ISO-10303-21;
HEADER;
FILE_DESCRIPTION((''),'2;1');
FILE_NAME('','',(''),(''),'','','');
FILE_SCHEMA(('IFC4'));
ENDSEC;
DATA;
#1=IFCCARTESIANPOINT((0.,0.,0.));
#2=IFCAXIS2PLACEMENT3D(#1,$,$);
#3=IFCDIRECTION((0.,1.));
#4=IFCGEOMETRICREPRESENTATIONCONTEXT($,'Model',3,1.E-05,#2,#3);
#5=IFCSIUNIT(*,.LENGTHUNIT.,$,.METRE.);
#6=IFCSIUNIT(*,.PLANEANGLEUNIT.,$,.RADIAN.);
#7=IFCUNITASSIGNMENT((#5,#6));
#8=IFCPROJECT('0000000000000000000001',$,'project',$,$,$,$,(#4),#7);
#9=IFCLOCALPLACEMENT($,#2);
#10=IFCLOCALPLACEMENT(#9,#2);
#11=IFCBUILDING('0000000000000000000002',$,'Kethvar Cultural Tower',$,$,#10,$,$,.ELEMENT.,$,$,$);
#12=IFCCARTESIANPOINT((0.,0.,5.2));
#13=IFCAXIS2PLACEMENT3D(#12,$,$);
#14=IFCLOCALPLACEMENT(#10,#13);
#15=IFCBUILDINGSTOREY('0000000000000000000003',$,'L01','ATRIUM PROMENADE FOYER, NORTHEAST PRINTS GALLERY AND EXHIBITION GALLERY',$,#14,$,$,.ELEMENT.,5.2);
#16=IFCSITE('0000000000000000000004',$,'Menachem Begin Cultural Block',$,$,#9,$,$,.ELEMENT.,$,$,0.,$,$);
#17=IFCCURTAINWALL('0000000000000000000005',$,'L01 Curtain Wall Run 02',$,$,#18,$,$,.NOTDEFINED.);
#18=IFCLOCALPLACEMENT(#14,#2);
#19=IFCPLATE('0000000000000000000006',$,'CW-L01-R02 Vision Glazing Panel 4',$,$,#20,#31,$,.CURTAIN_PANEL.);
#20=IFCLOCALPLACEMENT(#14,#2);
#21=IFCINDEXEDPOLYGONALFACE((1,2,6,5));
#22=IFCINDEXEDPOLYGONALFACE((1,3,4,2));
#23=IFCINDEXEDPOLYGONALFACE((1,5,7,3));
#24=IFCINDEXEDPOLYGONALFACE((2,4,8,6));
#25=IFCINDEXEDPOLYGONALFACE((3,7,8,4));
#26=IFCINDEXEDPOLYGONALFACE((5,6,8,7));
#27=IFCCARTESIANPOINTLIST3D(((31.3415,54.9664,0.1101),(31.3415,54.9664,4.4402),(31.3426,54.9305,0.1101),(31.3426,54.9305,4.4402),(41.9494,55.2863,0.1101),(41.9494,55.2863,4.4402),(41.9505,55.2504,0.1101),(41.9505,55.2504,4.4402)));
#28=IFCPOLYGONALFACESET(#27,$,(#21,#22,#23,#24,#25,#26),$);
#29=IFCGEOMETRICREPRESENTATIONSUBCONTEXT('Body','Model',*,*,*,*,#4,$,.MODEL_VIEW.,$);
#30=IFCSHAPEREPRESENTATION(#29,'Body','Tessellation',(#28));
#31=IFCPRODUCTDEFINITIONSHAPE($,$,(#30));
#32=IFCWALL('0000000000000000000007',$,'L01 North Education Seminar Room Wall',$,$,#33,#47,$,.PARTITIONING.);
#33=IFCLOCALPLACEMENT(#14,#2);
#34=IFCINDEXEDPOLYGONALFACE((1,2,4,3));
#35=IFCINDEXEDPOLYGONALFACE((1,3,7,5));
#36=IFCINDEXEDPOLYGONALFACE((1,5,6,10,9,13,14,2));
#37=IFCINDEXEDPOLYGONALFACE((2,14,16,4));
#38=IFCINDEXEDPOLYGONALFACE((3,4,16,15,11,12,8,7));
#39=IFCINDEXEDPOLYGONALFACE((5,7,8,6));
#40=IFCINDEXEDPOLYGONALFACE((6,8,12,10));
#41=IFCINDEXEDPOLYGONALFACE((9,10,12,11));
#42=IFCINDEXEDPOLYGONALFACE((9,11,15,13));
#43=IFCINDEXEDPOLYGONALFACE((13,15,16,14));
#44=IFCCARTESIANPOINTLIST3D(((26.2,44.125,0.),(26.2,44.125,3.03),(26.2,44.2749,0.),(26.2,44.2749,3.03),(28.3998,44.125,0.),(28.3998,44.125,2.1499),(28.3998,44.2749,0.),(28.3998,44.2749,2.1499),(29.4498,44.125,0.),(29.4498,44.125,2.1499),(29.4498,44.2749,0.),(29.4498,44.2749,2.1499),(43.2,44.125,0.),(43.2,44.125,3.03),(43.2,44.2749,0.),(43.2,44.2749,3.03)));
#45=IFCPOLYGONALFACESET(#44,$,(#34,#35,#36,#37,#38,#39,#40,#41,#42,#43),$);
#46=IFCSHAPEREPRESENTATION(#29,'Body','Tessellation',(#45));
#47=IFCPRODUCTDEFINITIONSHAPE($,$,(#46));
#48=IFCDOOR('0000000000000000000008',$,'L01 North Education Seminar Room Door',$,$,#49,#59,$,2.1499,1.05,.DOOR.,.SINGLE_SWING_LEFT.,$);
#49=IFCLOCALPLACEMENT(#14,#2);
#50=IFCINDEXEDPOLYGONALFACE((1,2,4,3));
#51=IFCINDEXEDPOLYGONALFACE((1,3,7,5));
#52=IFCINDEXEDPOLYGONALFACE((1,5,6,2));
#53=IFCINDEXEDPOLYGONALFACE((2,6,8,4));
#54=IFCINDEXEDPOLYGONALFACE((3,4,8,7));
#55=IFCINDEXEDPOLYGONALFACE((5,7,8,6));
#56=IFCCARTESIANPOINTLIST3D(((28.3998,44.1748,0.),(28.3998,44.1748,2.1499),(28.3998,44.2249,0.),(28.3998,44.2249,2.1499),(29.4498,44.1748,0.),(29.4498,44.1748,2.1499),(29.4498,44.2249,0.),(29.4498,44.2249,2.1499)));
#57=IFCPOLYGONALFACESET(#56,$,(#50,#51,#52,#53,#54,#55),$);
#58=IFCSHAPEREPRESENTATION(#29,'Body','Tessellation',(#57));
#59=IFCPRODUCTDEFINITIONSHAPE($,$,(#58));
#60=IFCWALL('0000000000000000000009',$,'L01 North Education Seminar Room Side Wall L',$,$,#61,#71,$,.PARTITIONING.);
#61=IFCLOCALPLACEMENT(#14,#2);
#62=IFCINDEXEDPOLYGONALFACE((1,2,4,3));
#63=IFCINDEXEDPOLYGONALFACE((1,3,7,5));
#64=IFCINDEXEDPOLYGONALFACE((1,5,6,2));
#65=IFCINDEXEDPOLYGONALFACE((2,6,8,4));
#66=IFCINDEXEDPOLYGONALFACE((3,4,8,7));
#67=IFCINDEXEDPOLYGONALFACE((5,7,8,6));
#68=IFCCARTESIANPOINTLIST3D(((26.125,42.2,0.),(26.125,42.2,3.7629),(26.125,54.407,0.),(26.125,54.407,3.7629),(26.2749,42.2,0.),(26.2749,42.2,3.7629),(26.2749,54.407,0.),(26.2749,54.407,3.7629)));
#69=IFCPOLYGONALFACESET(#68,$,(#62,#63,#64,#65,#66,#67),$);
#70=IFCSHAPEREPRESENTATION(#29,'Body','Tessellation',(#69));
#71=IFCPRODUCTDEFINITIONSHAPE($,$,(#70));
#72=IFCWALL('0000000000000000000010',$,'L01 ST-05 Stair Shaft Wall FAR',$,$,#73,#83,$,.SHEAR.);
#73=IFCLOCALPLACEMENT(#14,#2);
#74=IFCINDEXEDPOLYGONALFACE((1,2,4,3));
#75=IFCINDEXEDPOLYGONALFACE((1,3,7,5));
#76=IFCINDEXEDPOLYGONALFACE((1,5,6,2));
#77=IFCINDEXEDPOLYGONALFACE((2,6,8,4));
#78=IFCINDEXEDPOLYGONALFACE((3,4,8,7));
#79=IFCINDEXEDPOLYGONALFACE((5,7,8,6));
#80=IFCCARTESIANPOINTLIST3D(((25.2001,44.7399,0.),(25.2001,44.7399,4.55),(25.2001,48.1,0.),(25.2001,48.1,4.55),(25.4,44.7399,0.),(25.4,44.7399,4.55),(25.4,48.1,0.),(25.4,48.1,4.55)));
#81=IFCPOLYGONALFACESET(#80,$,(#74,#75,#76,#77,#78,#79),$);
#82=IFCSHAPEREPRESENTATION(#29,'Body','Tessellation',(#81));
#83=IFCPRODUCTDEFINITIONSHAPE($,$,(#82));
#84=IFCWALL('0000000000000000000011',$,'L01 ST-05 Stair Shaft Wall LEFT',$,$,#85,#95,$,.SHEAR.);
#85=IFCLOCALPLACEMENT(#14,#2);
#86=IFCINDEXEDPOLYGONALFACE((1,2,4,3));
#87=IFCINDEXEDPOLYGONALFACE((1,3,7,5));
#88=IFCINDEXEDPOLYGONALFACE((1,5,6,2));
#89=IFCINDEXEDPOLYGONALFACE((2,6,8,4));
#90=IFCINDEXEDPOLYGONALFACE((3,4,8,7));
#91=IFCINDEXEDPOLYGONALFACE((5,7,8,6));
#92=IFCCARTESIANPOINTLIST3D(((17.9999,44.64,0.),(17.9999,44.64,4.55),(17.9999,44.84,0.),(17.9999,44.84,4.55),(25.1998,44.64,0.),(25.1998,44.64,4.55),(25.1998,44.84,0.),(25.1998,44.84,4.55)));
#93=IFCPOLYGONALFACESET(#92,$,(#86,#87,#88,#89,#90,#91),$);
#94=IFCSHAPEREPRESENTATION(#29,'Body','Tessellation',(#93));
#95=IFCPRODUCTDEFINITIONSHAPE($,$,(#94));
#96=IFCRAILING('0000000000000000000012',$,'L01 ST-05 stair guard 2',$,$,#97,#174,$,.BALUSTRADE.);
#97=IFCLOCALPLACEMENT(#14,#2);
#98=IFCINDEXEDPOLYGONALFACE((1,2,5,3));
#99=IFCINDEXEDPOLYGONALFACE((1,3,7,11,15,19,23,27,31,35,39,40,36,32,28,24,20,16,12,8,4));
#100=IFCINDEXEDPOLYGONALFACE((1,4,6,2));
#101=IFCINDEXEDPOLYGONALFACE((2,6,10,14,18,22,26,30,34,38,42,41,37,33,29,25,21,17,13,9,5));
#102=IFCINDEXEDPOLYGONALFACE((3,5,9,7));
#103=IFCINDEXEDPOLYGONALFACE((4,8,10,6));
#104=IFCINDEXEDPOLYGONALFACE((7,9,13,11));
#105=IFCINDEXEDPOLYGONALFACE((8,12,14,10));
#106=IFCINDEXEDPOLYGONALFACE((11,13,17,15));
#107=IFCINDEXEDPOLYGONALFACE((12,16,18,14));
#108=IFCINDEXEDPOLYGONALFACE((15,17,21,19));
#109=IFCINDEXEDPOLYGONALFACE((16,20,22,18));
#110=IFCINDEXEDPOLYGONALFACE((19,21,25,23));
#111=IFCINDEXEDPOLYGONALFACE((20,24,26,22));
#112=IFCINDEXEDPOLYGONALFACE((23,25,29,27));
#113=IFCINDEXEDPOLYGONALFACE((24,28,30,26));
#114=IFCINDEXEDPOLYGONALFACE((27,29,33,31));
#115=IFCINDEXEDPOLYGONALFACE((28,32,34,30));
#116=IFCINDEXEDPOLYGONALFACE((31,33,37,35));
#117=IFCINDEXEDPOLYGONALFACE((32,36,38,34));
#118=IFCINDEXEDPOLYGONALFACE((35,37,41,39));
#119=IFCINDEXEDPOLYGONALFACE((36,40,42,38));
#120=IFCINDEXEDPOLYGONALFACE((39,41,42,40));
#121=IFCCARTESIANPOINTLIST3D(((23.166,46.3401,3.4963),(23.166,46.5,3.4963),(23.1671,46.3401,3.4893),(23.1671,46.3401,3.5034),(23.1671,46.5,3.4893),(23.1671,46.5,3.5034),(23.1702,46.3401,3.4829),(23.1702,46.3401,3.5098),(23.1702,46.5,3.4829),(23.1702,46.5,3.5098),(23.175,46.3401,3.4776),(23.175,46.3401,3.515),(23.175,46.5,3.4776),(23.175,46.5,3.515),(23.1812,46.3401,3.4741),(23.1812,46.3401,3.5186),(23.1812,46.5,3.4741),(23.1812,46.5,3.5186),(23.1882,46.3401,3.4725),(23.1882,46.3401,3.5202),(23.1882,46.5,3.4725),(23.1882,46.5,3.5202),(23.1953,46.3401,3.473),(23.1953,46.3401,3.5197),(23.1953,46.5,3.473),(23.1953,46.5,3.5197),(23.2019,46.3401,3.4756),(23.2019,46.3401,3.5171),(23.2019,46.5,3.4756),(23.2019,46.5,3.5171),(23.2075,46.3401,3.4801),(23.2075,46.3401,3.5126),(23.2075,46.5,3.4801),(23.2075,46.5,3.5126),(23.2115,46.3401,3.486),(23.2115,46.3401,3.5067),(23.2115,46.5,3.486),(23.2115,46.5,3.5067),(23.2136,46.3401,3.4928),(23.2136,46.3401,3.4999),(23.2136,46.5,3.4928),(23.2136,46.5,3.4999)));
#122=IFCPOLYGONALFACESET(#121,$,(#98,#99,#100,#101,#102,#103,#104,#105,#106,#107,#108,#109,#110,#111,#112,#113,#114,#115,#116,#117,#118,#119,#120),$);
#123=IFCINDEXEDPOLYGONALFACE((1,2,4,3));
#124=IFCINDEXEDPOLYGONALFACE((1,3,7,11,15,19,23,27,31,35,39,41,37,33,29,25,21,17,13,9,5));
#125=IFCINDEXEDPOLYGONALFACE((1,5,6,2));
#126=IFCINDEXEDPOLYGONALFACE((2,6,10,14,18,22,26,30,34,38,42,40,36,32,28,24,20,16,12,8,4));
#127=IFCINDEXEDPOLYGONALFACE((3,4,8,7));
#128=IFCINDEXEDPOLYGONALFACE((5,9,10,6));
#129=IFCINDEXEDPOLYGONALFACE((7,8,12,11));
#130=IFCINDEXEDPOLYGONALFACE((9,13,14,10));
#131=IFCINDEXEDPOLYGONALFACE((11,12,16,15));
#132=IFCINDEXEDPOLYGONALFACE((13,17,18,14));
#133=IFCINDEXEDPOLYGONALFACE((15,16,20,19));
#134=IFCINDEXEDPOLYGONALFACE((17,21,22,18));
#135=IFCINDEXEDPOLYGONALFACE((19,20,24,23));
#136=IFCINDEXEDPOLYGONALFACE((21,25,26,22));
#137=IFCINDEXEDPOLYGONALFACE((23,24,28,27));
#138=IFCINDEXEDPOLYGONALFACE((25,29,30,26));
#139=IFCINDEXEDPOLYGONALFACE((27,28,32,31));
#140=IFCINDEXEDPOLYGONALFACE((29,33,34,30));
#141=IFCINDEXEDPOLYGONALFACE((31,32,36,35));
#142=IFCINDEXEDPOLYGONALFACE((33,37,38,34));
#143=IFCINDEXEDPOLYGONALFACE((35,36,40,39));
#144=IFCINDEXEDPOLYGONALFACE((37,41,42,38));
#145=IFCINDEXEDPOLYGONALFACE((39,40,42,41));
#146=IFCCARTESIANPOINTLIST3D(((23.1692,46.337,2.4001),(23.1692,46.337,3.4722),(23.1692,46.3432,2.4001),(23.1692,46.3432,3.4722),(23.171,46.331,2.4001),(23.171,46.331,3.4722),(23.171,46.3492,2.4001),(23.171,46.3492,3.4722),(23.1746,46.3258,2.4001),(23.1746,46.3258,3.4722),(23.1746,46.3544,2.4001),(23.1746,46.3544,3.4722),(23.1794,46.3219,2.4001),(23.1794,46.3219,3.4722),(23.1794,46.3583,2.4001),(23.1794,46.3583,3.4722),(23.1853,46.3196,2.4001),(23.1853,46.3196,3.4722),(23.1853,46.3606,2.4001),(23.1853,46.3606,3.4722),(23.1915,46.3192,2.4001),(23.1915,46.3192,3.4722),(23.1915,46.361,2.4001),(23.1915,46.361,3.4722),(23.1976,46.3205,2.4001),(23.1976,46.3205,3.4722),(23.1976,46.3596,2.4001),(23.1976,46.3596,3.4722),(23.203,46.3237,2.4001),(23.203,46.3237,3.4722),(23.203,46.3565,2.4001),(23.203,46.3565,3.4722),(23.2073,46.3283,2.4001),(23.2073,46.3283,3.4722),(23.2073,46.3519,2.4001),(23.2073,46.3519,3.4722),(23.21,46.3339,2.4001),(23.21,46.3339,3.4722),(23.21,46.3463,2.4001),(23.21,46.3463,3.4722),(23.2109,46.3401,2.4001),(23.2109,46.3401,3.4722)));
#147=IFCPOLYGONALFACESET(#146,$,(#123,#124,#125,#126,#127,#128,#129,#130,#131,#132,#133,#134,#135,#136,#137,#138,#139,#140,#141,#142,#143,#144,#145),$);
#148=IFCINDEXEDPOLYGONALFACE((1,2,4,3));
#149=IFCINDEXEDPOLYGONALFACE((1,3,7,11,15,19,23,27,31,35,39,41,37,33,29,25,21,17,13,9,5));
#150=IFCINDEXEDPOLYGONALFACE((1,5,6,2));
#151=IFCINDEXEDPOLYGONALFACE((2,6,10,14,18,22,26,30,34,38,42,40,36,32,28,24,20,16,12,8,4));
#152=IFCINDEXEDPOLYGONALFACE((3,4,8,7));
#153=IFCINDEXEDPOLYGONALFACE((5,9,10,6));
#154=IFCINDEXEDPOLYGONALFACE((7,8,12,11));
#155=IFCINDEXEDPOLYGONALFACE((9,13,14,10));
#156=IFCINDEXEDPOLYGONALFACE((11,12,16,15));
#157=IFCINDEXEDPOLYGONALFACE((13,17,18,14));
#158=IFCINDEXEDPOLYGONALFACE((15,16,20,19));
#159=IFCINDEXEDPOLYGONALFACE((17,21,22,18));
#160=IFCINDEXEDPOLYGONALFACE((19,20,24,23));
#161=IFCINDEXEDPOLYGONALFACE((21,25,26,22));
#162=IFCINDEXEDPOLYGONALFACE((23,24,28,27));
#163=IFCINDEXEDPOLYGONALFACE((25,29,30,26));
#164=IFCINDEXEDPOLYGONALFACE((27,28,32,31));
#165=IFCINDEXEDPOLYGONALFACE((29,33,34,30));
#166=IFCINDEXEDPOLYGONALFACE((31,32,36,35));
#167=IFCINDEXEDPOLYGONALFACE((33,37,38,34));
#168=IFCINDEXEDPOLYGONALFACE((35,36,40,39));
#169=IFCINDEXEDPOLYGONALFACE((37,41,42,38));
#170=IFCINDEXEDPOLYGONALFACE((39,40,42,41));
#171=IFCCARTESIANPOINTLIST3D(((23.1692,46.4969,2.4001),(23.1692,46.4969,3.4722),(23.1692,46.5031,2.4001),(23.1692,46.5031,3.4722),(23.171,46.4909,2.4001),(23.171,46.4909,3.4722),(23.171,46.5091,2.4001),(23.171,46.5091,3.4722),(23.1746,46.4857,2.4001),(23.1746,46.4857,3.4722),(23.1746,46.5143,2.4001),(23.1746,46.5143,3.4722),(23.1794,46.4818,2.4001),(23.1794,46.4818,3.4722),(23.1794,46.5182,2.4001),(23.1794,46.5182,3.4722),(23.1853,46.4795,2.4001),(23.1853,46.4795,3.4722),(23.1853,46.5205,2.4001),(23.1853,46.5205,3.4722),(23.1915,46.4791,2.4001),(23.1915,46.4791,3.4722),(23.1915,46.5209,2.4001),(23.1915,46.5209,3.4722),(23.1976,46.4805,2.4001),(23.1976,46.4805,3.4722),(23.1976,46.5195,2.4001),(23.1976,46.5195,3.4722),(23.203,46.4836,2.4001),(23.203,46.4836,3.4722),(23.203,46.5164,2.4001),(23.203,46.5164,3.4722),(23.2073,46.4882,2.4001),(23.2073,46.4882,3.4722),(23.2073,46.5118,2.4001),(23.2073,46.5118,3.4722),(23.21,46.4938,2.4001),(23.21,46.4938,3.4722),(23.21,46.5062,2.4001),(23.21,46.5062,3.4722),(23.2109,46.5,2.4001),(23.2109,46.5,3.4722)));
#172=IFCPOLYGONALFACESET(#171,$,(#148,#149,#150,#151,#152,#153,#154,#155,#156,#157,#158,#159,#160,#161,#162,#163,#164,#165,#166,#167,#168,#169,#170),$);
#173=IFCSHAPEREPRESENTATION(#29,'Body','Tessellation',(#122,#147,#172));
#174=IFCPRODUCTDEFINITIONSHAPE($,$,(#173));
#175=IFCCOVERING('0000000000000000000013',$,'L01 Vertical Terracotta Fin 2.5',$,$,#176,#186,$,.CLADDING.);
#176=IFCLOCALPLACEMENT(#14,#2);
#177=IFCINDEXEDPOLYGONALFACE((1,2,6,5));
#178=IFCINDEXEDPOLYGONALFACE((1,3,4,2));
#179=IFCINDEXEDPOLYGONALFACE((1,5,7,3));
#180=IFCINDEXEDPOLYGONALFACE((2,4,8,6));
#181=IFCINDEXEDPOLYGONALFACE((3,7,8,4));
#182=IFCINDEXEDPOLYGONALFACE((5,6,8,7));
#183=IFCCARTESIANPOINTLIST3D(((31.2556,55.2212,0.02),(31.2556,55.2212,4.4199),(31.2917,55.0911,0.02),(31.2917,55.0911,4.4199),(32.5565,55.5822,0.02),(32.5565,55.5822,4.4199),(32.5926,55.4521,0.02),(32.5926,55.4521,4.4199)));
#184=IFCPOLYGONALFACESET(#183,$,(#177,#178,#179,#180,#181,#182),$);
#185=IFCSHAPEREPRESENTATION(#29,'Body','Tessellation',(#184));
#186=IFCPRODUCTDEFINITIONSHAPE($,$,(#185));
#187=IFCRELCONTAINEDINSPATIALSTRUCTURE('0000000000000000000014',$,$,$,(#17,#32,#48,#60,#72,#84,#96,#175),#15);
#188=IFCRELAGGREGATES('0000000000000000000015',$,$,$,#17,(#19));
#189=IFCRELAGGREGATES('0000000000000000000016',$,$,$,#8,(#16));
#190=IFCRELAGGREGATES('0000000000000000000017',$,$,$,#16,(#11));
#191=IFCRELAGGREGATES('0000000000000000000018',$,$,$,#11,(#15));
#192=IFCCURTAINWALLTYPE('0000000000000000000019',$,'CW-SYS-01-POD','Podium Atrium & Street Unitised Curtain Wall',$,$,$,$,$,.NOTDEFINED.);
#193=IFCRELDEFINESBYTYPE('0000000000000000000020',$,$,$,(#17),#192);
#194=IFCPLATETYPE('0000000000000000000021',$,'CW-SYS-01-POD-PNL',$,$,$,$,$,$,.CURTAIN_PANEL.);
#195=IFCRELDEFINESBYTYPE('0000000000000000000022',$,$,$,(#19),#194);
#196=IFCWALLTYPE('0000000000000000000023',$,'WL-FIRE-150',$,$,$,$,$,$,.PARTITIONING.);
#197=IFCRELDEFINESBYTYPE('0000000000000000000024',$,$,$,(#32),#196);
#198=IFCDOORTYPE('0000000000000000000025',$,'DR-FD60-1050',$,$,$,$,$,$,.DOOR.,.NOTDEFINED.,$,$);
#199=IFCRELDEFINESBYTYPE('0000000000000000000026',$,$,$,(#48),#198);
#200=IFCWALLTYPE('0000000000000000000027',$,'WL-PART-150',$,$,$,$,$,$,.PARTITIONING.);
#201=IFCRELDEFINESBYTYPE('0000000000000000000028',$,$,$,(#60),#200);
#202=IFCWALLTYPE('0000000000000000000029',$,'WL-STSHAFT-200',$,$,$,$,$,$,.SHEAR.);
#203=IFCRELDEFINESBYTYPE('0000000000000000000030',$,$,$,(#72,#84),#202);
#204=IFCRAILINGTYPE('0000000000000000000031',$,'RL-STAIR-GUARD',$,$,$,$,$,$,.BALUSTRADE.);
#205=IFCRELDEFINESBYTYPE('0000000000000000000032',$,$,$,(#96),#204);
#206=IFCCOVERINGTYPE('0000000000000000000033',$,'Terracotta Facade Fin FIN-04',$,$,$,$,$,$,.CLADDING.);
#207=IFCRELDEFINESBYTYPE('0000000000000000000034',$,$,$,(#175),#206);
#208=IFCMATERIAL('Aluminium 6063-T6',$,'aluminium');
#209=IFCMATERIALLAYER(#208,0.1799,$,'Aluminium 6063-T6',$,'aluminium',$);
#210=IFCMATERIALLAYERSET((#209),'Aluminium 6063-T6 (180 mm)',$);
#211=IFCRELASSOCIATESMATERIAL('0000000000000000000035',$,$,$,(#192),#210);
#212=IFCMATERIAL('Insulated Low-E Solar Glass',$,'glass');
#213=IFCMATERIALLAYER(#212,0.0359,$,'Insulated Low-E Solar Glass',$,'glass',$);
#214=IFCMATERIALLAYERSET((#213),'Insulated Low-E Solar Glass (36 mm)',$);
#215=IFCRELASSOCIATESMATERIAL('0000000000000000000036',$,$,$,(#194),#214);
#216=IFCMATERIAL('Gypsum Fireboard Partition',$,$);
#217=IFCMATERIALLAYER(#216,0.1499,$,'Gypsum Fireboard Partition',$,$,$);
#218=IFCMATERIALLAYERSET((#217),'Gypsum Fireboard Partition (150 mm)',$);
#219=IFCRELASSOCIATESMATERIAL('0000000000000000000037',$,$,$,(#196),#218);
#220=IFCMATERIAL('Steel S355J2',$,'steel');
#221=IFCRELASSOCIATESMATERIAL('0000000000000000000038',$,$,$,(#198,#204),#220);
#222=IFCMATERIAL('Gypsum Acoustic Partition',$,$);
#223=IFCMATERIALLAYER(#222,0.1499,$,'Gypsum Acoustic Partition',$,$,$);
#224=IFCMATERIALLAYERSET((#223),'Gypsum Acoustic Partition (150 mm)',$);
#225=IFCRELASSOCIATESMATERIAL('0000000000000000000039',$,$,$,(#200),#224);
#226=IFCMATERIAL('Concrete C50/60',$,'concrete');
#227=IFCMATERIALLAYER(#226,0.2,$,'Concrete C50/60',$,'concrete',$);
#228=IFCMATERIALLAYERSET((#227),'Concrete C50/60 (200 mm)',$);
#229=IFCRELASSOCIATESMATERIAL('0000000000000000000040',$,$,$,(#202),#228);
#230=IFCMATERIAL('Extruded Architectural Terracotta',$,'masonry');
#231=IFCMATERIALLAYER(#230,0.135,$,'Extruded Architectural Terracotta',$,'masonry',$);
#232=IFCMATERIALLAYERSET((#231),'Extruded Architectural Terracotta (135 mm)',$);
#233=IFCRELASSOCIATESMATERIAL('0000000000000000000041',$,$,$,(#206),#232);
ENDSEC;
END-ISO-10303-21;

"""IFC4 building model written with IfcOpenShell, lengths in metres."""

from ifc_helpers import new_model, si_unit, direction, frame, frame_2d, origin, origin_2d, place, context, subcontext, project, spatial, rectangle, circle, extrude, source, transform, mapped, material, layer, layer_set, type_object, element, fill, aggregate, save


model = new_model("IFC4")

# Units and contexts
model_context = context("Model", 3, precision=1e-05, world=origin(), true_north=direction((0.0, 1.0)))
body_context = subcontext(model_context, "Body", "Model", "MODEL_VIEW")
ifc_project = project(units=[si_unit("LENGTHUNIT", "METRE"), si_unit("PLANEANGLEUNIT", "RADIAN")], contexts=[model_context])

# Site, building, storey
site_placement = place(None, origin())
site = spatial("IfcSite", under=ifc_project, at=site_placement, Name="Menachem Begin Cultural Block", CompositionType="ELEMENT", RefElevation=0.0)
building_placement = place(site_placement, origin())
building = spatial("IfcBuilding", under=site, at=building_placement, Name="Kethvar Cultural Tower", CompositionType="ELEMENT")
storey_placement = place(building_placement, frame((0.0, 0.0, 5.2)))
storey = spatial("IfcBuildingStorey", under=building, at=storey_placement, Name="L01", Description="ATRIUM PROMENADE FOYER, NORTHEAST PRINTS GALLERY AND EXHIBITION GALLERY", CompositionType="ELEMENT", Elevation=5.2)

# Shared definitions
ifc_material_1 = material(Name="Steel S355J2", Category="steel")

# Curtain wall, plate
ifc_material_2 = material(Name="Aluminium 6063-T6", Category="aluminium")
ifc_layer_1 = layer(ifc_material_2, 0.1799, Name="Aluminium 6063-T6", Category="aluminium")
ifc_layer_set_1 = layer_set([ifc_layer_1], Name="Aluminium 6063-T6 (180 mm)")
curtain_wall_type = type_object("IfcCurtainWallType", Name="CW-SYS-01-POD", Description="Podium Atrium & Street Unitised Curtain Wall", PredefinedType="NOTDEFINED", material=ifc_layer_set_1)
curtain_wall_placement = place(storey_placement, origin())
curtain_wall = element("IfcCurtainWall", 1, at=curtain_wall_placement, inside=storey, type_object=curtain_wall_type, Name="L01 Curtain Wall Run 02", PredefinedType="NOTDEFINED")
ifc_material_3 = material(Name="Insulated Low-E Solar Glass", Category="glass")
ifc_layer_2 = layer(ifc_material_3, 0.0359, Name="Insulated Low-E Solar Glass", Category="glass")
ifc_layer_set_2 = layer_set([ifc_layer_2], Name="Insulated Low-E Solar Glass (36 mm)")
plate_type = type_object("IfcPlateType", Name="CW-SYS-01-POD-PNL", PredefinedType="CURTAIN_PANEL", material=ifc_layer_set_2)
shared_shape_1 = source(origin(), body_context, "Body", "SweptSolid", [
    extrude(rectangle(XDim=10.6128, YDim=0.0359, at=origin_2d()), origin(), (0.0, 0.0, 1.0), 4.3301),
])
plate_1_placement = place(storey_placement, frame((36.646, 55.1084, 0.1101), z_axis=(0.0, 0.0, 1.0), x_axis=(-0.999546, -0.030137, 0.0)))
plate_1 = element("IfcPlate", 2, at=plate_1_placement, type_object=plate_type, Name="CW-L01-R02 Vision Glazing Panel 4", PredefinedType="CURTAIN_PANEL", context=body_context, shape_type="MappedRepresentation", body=[
    mapped(shared_shape_1, transform((0.0, 0.0, 0.0), scale=1.0)),
])
aggregate(curtain_wall, [plate_1])

# Wall, opening, door
ifc_material_4 = material(Name="Gypsum Fireboard Partition")
ifc_layer_3 = layer(ifc_material_4, 0.1499, Name="Gypsum Fireboard Partition")
ifc_layer_set_3 = layer_set([ifc_layer_3], Name="Gypsum Fireboard Partition (150 mm)")
wall_type_1 = type_object("IfcWallType", Name="WL-FIRE-150", PredefinedType="PARTITIONING", material=ifc_layer_set_3)
wall_1_placement = place(storey_placement, frame((26.2, 44.2, 0.0), z_axis=(0.0, 0.0, 1.0), x_axis=(1.0, 0.0, 0.0)))
wall_1 = element("IfcWall", 3, at=wall_1_placement, inside=storey, type_object=wall_type_1, Name="L01 North Education Seminar Room Wall", PredefinedType="PARTITIONING", context=body_context, shape_type="SweptSolid", body=[
    extrude(rectangle(XDim=17.0, YDim=0.1499, at=frame_2d((8.5, 0.0))), origin(), (0.0, 0.0, 1.0), 3.03),
])
opening_placement = place(wall_1_placement, frame((2.2, 0.0, 0.0)))
opening = element("IfcOpeningElement", 4, at=opening_placement, cuts=wall_1, PredefinedType="OPENING", context=body_context, shape_type="SweptSolid", body=[
    extrude(rectangle(XDim=1.05, YDim=2.1499, at=frame_2d((0.5249, 1.075))), frame((0.0, 0.085, 0.0), z_axis=(0.0, -1.0, 0.0), x_axis=(1.0, 0.0, 0.0)), (0.0, 0.0, 1.0), 0.1699),
])
door_type = type_object("IfcDoorType", Name="DR-FD60-1050", OperationType="NOTDEFINED", PredefinedType="DOOR", material=ifc_material_1)
shared_shape_2 = source(origin(), body_context, "Body", "SweptSolid", [
    extrude(rectangle(XDim=1.05, YDim=2.1499, at=frame_2d((0.5249, 1.075))), frame((0.0, 0.0249, 0.0), z_axis=(0.0, -1.0, 0.0), x_axis=(1.0, 0.0, 0.0)), (0.0, 0.0, 1.0), 0.05),
])
door_placement = place(opening_placement, origin())
door = element("IfcDoor", 5, at=door_placement, inside=storey, type_object=door_type, Name="L01 North Education Seminar Room Door", OperationType="SINGLE_SWING_LEFT", OverallHeight=2.1499, OverallWidth=1.05, PredefinedType="DOOR", context=body_context, shape_type="MappedRepresentation", body=[
    mapped(shared_shape_2, transform((0.0, 0.0, 0.0), scale=1.0)),
])
fill(opening, door)

# Walls
ifc_material_5 = material(Name="Gypsum Acoustic Partition")
ifc_layer_4 = layer(ifc_material_5, 0.1499, Name="Gypsum Acoustic Partition")
ifc_layer_set_4 = layer_set([ifc_layer_4], Name="Gypsum Acoustic Partition (150 mm)")
wall_type_2 = type_object("IfcWallType", Name="WL-PART-150", PredefinedType="PARTITIONING", material=ifc_layer_set_4)
wall_2_placement = place(storey_placement, frame((26.2, 42.2, 0.0), z_axis=(0.0, 0.0, 1.0), x_axis=(0.0, 1.0, 0.0)))
element("IfcWall", 6, at=wall_2_placement, inside=storey, type_object=wall_type_2, Name="L01 North Education Seminar Room Side Wall L", PredefinedType="PARTITIONING", context=body_context, shape_type="SweptSolid", body=[
    extrude(rectangle(XDim=12.207, YDim=0.1499, at=frame_2d((6.1035, 0.0))), origin(), (0.0, 0.0, 1.0), 3.7629),
])
ifc_material_6 = material(Name="Concrete C50/60", Category="concrete")
ifc_layer_5 = layer(ifc_material_6, 0.2, Name="Concrete C50/60", Category="concrete")
ifc_layer_set_5 = layer_set([ifc_layer_5], Name="Concrete C50/60 (200 mm)")
wall_type_3 = type_object("IfcWallType", Name="WL-STSHAFT-200", PredefinedType="SHEAR", material=ifc_layer_set_5)
wall_3_placement = place(storey_placement, frame((25.3, 48.1001, 0.0), z_axis=(0.0, 0.0, 1.0), x_axis=(0.0, -1.0, 0.0)))
element("IfcWall", 7, at=wall_3_placement, inside=storey, type_object=wall_type_3, Name="L01 ST-05 Stair Shaft Wall FAR", PredefinedType="SHEAR", context=body_context, shape_type="SweptSolid", body=[
    extrude(rectangle(XDim=3.3601, YDim=0.2, at=frame_2d((1.6802, 0.0))), origin(), (0.0, 0.0, 1.0), 4.55),
])
wall_4_placement = place(storey_placement, frame((25.2, 44.74, 0.0), z_axis=(0.0, 0.0, 1.0), x_axis=(-1.0, 0.0, 0.0)))
element("IfcWall", 8, at=wall_4_placement, inside=storey, type_object=wall_type_3, Name="L01 ST-05 Stair Shaft Wall LEFT", PredefinedType="SHEAR", context=body_context, shape_type="SweptSolid", body=[
    extrude(rectangle(XDim=7.2, YDim=0.2, at=frame_2d((3.6001, 0.0))), origin(), (0.0, 0.0, 1.0), 4.55),
])

# Railing
railing_type = type_object("IfcRailingType", Name="RL-STAIR-GUARD", PredefinedType="BALUSTRADE", material=ifc_material_1)
railing_placement = place(storey_placement, frame((23.1899, 46.3401, 2.4001)))
element("IfcRailing", 9, at=railing_placement, inside=storey, type_object=railing_type, Name="L01 ST-05 stair guard 2", PredefinedType="BALUSTRADE", context=body_context, shape_type="SweptSolid", body=[
    extrude(circle(Radius=0.0239, at=origin_2d()), frame((0.0, 0.0, 1.0962), z_axis=(0.0, 1.0, 0.0), x_axis=(-1.0, 0.0, 0.0)), (0.0, 0.0, 1.0), 0.1599),
    extrude(circle(Radius=0.021, at=origin_2d()), origin(), (0.0, 0.0, 1.0), 1.072),
    extrude(circle(Radius=0.021, at=origin_2d()), frame((0.0, 0.1599, 0.0)), (0.0, 0.0, 1.0), 1.072),
])

# Covering
ifc_material_7 = material(Name="Extruded Architectural Terracotta", Category="masonry")
ifc_layer_6 = layer(ifc_material_7, 0.135, Name="Extruded Architectural Terracotta", Category="masonry")
ifc_layer_set_6 = layer_set([ifc_layer_6], Name="Extruded Architectural Terracotta (135 mm)")
covering_type = type_object("IfcCoveringType", Name="Terracotta Facade Fin FIN-04", PredefinedType="CLADDING", material=ifc_layer_set_6)
shared_shape_3 = source(origin(), body_context, "Body", "SweptSolid", [
    extrude(rectangle(XDim=1.3501, YDim=0.135, at=origin_2d()), origin(), (0.0, 0.0, 1.0), 4.3999),
])
for number, where, z_axis, x_axis, name in (
    (10, (31.9241, 55.3367, 0.02), (0.0, 0.0, 1.0), (0.963584, 0.267407, 0.0), "L01 Vertical Terracotta Fin 2.5"),
):
    element("IfcCovering", number, at=place(storey_placement, frame(where, z_axis=z_axis, x_axis=x_axis)), inside=storey, type_object=covering_type, Name=name, PredefinedType="CLADDING", context=body_context, shape_type="MappedRepresentation", body=[
        mapped(shared_shape_3, transform((0.0, 0.0, 0.0), scale=1.0)),
    ])

save(model, "model.ifc")
